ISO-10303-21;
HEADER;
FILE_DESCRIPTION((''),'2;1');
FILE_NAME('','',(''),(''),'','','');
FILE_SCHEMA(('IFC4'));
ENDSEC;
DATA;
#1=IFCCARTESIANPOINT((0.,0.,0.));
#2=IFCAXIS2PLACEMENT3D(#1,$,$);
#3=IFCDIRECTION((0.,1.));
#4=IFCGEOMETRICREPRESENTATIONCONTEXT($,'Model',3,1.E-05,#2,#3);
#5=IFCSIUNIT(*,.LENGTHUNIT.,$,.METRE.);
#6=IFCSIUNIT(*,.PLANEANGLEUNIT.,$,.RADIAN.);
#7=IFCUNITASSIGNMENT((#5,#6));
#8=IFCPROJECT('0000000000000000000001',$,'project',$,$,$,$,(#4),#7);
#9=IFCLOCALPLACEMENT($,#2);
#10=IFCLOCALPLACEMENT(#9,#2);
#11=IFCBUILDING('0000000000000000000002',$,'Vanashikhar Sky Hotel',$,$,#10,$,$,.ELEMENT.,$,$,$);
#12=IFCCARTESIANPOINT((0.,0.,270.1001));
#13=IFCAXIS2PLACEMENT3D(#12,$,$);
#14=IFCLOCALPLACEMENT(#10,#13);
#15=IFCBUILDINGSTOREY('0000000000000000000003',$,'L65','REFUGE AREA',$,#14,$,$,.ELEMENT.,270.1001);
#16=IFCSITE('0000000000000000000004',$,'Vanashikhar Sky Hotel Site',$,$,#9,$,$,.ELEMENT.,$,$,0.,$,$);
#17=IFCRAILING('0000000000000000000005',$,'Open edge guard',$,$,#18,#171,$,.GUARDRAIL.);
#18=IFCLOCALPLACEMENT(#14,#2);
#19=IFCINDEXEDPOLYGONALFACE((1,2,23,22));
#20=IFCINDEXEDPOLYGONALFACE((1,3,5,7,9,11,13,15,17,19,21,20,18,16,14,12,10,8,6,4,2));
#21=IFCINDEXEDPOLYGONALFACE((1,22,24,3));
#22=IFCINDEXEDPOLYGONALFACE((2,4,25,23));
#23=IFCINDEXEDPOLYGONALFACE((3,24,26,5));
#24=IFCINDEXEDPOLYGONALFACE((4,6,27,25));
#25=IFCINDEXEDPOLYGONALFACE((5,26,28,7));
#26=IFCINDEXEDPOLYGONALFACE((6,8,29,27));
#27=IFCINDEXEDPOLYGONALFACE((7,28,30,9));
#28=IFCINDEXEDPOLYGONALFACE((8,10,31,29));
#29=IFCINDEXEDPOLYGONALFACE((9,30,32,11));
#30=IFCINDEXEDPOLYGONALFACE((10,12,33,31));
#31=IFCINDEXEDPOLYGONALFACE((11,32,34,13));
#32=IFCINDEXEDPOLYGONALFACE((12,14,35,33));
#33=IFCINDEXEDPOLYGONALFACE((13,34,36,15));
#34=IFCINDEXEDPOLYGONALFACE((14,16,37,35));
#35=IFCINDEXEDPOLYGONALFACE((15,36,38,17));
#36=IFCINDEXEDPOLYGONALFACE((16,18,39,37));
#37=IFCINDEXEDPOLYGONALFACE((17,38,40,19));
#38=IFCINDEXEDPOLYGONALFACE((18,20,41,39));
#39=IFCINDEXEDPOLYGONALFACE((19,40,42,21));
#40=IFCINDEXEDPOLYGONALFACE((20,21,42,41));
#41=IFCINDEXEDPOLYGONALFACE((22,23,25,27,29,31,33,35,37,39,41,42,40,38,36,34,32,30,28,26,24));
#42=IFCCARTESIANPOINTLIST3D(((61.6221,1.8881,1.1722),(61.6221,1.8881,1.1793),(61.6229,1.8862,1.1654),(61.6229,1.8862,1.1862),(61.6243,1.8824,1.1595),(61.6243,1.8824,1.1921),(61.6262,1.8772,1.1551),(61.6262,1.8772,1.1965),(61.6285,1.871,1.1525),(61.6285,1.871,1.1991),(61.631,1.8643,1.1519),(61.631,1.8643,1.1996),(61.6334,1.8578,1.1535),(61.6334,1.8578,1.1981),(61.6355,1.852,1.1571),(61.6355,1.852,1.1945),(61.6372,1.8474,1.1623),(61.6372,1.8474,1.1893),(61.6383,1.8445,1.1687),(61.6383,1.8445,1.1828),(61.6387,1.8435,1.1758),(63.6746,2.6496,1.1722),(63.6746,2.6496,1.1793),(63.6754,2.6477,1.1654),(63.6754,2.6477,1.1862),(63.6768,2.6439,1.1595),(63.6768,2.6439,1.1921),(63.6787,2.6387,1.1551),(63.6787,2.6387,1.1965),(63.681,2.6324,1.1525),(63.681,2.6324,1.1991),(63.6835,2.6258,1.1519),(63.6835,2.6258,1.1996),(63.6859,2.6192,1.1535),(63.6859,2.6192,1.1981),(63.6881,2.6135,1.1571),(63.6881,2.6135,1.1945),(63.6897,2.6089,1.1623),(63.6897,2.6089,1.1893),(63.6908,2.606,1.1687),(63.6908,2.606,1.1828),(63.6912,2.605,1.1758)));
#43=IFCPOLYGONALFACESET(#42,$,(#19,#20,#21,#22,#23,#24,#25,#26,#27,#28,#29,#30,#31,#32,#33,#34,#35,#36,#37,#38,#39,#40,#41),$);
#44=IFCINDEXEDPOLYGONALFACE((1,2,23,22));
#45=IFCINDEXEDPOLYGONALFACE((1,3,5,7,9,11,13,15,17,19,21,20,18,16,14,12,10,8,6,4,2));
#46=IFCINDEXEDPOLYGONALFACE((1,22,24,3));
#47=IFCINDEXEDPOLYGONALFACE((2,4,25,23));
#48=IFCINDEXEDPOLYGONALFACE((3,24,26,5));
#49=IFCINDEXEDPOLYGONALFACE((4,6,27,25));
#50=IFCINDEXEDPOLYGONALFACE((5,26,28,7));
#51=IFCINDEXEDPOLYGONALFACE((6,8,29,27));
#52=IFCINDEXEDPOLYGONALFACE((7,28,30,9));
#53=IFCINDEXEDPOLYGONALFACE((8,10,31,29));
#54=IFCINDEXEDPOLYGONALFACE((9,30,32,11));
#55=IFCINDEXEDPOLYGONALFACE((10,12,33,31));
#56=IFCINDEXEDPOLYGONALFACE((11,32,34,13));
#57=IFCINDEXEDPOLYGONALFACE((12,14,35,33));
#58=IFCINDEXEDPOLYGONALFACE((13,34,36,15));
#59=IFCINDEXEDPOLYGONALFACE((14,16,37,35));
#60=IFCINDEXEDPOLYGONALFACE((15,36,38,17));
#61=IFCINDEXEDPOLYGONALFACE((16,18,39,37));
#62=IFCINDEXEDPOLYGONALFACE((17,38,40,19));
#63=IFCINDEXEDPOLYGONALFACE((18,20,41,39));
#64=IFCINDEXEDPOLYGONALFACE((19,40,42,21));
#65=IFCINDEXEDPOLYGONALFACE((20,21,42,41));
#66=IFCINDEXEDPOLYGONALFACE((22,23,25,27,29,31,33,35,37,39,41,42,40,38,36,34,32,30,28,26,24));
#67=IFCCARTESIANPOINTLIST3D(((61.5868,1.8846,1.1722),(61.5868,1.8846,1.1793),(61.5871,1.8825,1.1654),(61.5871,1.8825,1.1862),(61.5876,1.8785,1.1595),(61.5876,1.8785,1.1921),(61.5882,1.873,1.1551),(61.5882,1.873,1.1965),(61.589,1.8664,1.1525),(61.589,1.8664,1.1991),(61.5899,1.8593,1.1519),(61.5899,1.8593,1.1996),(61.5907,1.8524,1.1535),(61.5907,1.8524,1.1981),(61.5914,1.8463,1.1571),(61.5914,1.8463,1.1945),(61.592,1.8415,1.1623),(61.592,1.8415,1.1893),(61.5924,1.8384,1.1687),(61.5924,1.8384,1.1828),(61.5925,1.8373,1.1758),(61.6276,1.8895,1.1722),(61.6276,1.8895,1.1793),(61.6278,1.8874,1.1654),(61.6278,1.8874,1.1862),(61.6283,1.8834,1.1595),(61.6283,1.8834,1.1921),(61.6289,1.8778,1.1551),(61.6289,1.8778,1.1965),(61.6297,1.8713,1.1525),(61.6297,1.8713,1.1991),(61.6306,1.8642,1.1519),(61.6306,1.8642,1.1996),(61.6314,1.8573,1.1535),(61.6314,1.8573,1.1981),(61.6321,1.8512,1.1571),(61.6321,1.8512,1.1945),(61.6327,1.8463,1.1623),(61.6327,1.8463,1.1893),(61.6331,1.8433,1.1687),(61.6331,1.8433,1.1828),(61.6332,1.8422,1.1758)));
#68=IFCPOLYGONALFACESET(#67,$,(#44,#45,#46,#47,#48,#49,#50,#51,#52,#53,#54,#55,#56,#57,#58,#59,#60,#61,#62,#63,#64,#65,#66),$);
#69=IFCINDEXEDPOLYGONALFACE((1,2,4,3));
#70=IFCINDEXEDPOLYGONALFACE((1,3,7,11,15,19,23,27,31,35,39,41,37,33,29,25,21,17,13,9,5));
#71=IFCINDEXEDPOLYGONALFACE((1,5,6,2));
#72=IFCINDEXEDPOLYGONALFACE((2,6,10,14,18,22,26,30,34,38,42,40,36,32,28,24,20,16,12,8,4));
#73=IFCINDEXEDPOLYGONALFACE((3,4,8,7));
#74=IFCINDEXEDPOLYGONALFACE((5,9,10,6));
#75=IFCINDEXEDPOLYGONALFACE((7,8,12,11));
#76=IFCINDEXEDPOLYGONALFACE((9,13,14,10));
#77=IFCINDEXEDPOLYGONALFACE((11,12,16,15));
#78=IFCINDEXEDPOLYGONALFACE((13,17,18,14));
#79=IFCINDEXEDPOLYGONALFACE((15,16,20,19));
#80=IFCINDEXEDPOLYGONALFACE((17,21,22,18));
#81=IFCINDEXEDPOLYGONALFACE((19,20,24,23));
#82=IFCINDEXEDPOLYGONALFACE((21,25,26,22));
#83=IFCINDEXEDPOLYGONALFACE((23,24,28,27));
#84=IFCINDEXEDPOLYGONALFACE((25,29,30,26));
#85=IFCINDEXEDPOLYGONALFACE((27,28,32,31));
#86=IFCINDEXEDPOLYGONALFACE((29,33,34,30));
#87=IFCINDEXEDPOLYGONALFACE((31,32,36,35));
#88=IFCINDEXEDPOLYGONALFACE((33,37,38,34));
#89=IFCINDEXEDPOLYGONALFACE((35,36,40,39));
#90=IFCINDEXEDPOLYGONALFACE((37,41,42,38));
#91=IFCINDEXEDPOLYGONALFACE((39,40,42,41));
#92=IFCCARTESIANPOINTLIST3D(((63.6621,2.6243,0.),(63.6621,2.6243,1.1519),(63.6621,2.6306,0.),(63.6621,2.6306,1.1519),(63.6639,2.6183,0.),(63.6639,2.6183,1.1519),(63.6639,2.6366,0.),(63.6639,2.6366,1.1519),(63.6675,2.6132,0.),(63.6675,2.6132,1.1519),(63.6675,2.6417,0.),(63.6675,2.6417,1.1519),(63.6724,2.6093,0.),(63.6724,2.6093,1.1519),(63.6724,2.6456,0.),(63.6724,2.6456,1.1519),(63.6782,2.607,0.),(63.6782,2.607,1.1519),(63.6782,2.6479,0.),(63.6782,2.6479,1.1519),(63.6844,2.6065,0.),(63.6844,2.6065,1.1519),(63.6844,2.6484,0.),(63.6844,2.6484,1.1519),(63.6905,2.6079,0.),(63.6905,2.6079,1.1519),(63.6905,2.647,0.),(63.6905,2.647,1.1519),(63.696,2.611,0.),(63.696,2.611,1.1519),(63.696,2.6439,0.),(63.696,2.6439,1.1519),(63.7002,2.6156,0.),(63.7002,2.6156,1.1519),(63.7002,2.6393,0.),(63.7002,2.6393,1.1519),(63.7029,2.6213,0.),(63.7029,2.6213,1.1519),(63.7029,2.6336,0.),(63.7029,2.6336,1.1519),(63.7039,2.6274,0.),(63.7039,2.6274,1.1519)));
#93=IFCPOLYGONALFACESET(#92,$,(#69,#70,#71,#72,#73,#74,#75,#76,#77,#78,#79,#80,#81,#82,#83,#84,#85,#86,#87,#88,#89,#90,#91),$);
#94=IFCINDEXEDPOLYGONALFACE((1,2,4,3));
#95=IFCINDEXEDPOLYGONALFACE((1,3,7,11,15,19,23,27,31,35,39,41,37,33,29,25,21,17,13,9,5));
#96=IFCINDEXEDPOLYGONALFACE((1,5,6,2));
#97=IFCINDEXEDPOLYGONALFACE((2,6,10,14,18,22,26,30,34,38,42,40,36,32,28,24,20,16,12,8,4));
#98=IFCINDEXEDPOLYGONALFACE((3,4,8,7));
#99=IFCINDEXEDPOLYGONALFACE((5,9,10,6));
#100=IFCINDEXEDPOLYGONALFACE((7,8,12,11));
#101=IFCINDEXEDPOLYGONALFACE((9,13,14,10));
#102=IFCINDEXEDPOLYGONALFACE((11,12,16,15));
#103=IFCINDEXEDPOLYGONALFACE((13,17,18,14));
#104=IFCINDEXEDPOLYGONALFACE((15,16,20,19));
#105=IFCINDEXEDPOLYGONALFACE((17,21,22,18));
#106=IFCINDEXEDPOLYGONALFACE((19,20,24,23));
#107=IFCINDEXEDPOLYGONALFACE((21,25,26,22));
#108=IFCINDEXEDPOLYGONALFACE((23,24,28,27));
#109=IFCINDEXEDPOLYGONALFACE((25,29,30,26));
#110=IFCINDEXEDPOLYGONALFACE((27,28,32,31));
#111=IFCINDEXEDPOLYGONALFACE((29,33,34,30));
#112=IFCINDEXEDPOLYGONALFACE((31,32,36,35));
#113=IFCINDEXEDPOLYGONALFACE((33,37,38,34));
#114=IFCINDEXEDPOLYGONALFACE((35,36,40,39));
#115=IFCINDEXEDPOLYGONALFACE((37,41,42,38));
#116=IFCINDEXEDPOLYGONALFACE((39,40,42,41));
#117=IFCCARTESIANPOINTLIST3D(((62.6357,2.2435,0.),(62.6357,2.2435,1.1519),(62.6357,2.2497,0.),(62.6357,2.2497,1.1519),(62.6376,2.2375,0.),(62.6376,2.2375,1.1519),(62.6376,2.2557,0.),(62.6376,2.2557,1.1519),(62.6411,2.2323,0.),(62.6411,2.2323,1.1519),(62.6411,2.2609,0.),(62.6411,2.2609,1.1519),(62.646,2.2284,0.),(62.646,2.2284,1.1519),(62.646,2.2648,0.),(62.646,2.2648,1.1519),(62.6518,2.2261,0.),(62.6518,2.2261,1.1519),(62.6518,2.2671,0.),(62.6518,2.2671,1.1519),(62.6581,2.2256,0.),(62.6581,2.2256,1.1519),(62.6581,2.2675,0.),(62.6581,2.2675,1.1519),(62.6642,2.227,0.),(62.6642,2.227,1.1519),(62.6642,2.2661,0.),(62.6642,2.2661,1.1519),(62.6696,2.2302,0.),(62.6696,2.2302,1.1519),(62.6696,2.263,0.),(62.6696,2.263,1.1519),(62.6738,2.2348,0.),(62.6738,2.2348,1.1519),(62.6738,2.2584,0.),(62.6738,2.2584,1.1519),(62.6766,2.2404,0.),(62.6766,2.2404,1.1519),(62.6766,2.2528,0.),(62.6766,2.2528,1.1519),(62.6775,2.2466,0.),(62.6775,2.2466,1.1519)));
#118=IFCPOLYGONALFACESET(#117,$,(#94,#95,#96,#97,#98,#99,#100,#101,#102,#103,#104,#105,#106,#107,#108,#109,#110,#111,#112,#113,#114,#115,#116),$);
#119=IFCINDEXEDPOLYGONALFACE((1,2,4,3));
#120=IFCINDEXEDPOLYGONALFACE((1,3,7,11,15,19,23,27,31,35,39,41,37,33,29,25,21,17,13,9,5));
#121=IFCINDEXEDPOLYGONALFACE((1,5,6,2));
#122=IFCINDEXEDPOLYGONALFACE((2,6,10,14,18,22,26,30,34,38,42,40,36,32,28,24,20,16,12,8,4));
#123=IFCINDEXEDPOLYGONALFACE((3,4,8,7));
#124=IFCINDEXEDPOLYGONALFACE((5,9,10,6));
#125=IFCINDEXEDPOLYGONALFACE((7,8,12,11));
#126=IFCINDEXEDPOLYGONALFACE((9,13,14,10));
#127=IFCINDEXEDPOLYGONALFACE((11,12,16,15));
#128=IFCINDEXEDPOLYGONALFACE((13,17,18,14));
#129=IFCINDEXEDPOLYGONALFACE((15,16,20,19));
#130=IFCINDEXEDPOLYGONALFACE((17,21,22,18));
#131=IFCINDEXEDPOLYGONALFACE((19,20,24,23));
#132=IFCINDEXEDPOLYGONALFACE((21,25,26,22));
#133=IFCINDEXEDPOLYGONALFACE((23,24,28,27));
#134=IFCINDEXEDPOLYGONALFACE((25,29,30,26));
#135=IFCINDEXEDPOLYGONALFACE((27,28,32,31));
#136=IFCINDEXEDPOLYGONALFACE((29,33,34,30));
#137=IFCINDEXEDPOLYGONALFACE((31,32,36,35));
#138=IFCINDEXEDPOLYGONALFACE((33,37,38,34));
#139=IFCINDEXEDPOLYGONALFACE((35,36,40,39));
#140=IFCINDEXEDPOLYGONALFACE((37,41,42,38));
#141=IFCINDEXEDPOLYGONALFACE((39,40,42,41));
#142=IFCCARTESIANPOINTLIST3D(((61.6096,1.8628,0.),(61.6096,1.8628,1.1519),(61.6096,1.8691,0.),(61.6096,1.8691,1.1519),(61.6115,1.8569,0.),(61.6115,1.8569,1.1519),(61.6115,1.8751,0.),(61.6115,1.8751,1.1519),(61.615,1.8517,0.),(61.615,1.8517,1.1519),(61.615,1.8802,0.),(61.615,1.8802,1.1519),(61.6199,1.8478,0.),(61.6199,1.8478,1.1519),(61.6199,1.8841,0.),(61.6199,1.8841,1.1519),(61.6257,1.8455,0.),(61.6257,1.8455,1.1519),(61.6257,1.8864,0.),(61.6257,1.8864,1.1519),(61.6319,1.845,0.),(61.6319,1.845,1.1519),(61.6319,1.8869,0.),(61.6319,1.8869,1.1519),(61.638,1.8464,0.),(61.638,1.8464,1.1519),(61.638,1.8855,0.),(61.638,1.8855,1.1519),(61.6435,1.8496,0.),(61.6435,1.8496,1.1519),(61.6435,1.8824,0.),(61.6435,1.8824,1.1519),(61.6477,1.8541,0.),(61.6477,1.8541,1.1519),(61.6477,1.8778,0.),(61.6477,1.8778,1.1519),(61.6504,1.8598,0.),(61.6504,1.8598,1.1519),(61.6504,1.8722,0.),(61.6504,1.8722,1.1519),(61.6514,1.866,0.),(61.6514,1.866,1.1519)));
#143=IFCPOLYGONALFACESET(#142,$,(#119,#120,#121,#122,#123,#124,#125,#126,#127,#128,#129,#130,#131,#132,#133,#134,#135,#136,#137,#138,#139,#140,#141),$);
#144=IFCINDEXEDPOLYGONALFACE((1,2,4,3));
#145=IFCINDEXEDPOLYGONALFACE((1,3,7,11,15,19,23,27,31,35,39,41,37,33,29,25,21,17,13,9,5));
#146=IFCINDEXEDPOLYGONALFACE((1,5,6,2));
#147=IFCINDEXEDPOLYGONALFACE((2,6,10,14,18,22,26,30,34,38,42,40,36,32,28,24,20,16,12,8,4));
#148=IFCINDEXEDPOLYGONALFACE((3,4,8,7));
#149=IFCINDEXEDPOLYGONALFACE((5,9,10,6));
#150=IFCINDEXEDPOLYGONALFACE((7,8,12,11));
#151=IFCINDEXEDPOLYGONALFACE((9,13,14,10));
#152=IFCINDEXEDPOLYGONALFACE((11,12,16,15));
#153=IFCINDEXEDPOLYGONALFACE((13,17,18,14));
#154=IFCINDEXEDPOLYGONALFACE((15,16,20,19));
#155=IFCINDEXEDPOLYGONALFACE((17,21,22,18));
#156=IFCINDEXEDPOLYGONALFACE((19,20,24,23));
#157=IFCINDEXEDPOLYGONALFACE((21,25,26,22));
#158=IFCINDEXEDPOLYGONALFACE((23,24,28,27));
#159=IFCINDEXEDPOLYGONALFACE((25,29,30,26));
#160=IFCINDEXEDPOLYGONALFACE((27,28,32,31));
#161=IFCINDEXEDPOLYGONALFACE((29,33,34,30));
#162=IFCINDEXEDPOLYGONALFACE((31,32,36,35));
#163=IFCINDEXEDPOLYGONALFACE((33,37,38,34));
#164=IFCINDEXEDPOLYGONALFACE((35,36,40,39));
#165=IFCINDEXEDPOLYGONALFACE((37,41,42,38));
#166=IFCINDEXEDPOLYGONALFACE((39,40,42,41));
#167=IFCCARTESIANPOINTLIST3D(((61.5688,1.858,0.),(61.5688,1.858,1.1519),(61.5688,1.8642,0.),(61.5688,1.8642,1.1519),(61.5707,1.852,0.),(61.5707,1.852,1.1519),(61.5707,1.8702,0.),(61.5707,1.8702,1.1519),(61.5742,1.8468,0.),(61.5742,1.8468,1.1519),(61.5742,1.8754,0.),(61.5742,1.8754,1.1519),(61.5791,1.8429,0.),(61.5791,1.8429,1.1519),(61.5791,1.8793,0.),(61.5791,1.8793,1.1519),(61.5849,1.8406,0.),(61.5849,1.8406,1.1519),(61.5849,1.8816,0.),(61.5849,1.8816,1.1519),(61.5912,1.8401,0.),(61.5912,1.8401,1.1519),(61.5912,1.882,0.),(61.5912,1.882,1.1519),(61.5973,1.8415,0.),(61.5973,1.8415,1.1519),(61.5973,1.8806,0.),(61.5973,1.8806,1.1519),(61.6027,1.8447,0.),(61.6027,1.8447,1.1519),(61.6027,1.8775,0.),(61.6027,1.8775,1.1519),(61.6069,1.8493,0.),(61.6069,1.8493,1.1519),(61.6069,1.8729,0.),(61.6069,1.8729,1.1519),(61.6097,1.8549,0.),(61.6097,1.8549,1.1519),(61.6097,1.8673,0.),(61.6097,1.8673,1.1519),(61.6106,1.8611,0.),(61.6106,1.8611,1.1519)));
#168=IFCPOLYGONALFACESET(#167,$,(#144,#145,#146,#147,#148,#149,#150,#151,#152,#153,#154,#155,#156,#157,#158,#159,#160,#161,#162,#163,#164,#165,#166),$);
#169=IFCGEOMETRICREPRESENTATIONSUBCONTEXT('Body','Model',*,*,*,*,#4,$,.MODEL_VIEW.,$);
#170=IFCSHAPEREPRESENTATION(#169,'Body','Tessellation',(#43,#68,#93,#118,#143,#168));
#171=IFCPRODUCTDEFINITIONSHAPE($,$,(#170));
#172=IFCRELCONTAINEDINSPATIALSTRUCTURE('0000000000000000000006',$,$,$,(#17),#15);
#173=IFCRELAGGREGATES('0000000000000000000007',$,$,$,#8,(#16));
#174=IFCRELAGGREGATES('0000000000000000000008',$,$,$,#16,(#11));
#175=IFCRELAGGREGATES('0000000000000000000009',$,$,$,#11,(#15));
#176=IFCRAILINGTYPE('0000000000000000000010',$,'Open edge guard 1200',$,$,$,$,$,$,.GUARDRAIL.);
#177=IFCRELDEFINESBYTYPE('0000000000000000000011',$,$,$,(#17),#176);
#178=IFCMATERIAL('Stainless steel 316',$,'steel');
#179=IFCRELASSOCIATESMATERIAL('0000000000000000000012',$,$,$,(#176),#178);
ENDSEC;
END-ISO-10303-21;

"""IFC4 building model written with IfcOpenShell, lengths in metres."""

from ifc_helpers import new_model, si_unit, direction, frame, origin, origin_2d, place, context, subcontext, project, spatial, circle, extrude, source, transform, mapped, material, type_object, element, save


model = new_model("IFC4")

# Units and contexts
model_context = context("Model", 3, precision=1e-05, world=origin(), true_north=direction((0.0, 1.0)))
body_context = subcontext(model_context, "Body", "Model", "MODEL_VIEW")
ifc_project = project(units=[si_unit("LENGTHUNIT", "METRE"), si_unit("PLANEANGLEUNIT", "RADIAN")], contexts=[model_context])

# Site, building, storey
site_placement = place(None, origin())
site = spatial("IfcSite", under=ifc_project, at=site_placement, Name="Vanashikhar Sky Hotel Site", CompositionType="ELEMENT", RefElevation=0.0)
building_placement = place(site_placement, origin())
building = spatial("IfcBuilding", under=site, at=building_placement, Name="Vanashikhar Sky Hotel", CompositionType="ELEMENT")
storey_placement = place(building_placement, frame((0.0, 0.0, 270.1001)))
storey = spatial("IfcBuildingStorey", under=building, at=storey_placement, Name="L65", Description="REFUGE AREA", CompositionType="ELEMENT", Elevation=270.1001)

# Railing
ifc_material_1 = material(Name="Stainless steel 316", Category="steel")
railing_type = type_object("IfcRailingType", Name="Open edge guard 1200", PredefinedType="GUARDRAIL", material=ifc_material_1)
shared_shape_1 = source(origin(), body_context, "Body", "SweptSolid", [
    extrude(circle(Radius=0.0239, at=origin_2d()), frame((0.0, 0.0, 1.1758), z_axis=(-0.937556, -0.347834, 0.0), x_axis=(0.347834, -0.937556, 0.0)), (0.0, 0.0, 1.0), 2.1892),
    extrude(circle(Radius=0.0239, at=origin_2d()), frame((-2.0525, -0.7615, 1.1758), z_axis=(-0.992905, -0.118911, 0.0), x_axis=(0.118911, -0.992905, 0.0)), (0.0, 0.0, 1.0), 0.041),
    extrude(circle(Radius=0.021, at=origin_2d()), origin(), (0.0, 0.0, 1.0), 1.1519),
    extrude(circle(Radius=0.021, at=origin_2d()), frame((-1.0264, -0.3809, 0.0)), (0.0, 0.0, 1.0), 1.1519),
    extrude(circle(Radius=0.021, at=origin_2d()), frame((-2.0525, -0.7615, 0.0)), (0.0, 0.0, 1.0), 1.1519),
    extrude(circle(Radius=0.021, at=origin_2d()), frame((-2.0933, -0.7664, 0.0)), (0.0, 0.0, 1.0), 1.1519),
])
railing_1_placement = place(storey_placement, frame((63.6829, 2.6274, 0.0)))
element("IfcRailing", 1, at=railing_1_placement, inside=storey, type_object=railing_type, Name="Open edge guard", PredefinedType="GUARDRAIL", context=body_context, shape_type="MappedRepresentation", body=[
    mapped(shared_shape_1, transform((0.0, 0.0, 0.0), scale=1.0)),
])

save(model, "model.ifc")
